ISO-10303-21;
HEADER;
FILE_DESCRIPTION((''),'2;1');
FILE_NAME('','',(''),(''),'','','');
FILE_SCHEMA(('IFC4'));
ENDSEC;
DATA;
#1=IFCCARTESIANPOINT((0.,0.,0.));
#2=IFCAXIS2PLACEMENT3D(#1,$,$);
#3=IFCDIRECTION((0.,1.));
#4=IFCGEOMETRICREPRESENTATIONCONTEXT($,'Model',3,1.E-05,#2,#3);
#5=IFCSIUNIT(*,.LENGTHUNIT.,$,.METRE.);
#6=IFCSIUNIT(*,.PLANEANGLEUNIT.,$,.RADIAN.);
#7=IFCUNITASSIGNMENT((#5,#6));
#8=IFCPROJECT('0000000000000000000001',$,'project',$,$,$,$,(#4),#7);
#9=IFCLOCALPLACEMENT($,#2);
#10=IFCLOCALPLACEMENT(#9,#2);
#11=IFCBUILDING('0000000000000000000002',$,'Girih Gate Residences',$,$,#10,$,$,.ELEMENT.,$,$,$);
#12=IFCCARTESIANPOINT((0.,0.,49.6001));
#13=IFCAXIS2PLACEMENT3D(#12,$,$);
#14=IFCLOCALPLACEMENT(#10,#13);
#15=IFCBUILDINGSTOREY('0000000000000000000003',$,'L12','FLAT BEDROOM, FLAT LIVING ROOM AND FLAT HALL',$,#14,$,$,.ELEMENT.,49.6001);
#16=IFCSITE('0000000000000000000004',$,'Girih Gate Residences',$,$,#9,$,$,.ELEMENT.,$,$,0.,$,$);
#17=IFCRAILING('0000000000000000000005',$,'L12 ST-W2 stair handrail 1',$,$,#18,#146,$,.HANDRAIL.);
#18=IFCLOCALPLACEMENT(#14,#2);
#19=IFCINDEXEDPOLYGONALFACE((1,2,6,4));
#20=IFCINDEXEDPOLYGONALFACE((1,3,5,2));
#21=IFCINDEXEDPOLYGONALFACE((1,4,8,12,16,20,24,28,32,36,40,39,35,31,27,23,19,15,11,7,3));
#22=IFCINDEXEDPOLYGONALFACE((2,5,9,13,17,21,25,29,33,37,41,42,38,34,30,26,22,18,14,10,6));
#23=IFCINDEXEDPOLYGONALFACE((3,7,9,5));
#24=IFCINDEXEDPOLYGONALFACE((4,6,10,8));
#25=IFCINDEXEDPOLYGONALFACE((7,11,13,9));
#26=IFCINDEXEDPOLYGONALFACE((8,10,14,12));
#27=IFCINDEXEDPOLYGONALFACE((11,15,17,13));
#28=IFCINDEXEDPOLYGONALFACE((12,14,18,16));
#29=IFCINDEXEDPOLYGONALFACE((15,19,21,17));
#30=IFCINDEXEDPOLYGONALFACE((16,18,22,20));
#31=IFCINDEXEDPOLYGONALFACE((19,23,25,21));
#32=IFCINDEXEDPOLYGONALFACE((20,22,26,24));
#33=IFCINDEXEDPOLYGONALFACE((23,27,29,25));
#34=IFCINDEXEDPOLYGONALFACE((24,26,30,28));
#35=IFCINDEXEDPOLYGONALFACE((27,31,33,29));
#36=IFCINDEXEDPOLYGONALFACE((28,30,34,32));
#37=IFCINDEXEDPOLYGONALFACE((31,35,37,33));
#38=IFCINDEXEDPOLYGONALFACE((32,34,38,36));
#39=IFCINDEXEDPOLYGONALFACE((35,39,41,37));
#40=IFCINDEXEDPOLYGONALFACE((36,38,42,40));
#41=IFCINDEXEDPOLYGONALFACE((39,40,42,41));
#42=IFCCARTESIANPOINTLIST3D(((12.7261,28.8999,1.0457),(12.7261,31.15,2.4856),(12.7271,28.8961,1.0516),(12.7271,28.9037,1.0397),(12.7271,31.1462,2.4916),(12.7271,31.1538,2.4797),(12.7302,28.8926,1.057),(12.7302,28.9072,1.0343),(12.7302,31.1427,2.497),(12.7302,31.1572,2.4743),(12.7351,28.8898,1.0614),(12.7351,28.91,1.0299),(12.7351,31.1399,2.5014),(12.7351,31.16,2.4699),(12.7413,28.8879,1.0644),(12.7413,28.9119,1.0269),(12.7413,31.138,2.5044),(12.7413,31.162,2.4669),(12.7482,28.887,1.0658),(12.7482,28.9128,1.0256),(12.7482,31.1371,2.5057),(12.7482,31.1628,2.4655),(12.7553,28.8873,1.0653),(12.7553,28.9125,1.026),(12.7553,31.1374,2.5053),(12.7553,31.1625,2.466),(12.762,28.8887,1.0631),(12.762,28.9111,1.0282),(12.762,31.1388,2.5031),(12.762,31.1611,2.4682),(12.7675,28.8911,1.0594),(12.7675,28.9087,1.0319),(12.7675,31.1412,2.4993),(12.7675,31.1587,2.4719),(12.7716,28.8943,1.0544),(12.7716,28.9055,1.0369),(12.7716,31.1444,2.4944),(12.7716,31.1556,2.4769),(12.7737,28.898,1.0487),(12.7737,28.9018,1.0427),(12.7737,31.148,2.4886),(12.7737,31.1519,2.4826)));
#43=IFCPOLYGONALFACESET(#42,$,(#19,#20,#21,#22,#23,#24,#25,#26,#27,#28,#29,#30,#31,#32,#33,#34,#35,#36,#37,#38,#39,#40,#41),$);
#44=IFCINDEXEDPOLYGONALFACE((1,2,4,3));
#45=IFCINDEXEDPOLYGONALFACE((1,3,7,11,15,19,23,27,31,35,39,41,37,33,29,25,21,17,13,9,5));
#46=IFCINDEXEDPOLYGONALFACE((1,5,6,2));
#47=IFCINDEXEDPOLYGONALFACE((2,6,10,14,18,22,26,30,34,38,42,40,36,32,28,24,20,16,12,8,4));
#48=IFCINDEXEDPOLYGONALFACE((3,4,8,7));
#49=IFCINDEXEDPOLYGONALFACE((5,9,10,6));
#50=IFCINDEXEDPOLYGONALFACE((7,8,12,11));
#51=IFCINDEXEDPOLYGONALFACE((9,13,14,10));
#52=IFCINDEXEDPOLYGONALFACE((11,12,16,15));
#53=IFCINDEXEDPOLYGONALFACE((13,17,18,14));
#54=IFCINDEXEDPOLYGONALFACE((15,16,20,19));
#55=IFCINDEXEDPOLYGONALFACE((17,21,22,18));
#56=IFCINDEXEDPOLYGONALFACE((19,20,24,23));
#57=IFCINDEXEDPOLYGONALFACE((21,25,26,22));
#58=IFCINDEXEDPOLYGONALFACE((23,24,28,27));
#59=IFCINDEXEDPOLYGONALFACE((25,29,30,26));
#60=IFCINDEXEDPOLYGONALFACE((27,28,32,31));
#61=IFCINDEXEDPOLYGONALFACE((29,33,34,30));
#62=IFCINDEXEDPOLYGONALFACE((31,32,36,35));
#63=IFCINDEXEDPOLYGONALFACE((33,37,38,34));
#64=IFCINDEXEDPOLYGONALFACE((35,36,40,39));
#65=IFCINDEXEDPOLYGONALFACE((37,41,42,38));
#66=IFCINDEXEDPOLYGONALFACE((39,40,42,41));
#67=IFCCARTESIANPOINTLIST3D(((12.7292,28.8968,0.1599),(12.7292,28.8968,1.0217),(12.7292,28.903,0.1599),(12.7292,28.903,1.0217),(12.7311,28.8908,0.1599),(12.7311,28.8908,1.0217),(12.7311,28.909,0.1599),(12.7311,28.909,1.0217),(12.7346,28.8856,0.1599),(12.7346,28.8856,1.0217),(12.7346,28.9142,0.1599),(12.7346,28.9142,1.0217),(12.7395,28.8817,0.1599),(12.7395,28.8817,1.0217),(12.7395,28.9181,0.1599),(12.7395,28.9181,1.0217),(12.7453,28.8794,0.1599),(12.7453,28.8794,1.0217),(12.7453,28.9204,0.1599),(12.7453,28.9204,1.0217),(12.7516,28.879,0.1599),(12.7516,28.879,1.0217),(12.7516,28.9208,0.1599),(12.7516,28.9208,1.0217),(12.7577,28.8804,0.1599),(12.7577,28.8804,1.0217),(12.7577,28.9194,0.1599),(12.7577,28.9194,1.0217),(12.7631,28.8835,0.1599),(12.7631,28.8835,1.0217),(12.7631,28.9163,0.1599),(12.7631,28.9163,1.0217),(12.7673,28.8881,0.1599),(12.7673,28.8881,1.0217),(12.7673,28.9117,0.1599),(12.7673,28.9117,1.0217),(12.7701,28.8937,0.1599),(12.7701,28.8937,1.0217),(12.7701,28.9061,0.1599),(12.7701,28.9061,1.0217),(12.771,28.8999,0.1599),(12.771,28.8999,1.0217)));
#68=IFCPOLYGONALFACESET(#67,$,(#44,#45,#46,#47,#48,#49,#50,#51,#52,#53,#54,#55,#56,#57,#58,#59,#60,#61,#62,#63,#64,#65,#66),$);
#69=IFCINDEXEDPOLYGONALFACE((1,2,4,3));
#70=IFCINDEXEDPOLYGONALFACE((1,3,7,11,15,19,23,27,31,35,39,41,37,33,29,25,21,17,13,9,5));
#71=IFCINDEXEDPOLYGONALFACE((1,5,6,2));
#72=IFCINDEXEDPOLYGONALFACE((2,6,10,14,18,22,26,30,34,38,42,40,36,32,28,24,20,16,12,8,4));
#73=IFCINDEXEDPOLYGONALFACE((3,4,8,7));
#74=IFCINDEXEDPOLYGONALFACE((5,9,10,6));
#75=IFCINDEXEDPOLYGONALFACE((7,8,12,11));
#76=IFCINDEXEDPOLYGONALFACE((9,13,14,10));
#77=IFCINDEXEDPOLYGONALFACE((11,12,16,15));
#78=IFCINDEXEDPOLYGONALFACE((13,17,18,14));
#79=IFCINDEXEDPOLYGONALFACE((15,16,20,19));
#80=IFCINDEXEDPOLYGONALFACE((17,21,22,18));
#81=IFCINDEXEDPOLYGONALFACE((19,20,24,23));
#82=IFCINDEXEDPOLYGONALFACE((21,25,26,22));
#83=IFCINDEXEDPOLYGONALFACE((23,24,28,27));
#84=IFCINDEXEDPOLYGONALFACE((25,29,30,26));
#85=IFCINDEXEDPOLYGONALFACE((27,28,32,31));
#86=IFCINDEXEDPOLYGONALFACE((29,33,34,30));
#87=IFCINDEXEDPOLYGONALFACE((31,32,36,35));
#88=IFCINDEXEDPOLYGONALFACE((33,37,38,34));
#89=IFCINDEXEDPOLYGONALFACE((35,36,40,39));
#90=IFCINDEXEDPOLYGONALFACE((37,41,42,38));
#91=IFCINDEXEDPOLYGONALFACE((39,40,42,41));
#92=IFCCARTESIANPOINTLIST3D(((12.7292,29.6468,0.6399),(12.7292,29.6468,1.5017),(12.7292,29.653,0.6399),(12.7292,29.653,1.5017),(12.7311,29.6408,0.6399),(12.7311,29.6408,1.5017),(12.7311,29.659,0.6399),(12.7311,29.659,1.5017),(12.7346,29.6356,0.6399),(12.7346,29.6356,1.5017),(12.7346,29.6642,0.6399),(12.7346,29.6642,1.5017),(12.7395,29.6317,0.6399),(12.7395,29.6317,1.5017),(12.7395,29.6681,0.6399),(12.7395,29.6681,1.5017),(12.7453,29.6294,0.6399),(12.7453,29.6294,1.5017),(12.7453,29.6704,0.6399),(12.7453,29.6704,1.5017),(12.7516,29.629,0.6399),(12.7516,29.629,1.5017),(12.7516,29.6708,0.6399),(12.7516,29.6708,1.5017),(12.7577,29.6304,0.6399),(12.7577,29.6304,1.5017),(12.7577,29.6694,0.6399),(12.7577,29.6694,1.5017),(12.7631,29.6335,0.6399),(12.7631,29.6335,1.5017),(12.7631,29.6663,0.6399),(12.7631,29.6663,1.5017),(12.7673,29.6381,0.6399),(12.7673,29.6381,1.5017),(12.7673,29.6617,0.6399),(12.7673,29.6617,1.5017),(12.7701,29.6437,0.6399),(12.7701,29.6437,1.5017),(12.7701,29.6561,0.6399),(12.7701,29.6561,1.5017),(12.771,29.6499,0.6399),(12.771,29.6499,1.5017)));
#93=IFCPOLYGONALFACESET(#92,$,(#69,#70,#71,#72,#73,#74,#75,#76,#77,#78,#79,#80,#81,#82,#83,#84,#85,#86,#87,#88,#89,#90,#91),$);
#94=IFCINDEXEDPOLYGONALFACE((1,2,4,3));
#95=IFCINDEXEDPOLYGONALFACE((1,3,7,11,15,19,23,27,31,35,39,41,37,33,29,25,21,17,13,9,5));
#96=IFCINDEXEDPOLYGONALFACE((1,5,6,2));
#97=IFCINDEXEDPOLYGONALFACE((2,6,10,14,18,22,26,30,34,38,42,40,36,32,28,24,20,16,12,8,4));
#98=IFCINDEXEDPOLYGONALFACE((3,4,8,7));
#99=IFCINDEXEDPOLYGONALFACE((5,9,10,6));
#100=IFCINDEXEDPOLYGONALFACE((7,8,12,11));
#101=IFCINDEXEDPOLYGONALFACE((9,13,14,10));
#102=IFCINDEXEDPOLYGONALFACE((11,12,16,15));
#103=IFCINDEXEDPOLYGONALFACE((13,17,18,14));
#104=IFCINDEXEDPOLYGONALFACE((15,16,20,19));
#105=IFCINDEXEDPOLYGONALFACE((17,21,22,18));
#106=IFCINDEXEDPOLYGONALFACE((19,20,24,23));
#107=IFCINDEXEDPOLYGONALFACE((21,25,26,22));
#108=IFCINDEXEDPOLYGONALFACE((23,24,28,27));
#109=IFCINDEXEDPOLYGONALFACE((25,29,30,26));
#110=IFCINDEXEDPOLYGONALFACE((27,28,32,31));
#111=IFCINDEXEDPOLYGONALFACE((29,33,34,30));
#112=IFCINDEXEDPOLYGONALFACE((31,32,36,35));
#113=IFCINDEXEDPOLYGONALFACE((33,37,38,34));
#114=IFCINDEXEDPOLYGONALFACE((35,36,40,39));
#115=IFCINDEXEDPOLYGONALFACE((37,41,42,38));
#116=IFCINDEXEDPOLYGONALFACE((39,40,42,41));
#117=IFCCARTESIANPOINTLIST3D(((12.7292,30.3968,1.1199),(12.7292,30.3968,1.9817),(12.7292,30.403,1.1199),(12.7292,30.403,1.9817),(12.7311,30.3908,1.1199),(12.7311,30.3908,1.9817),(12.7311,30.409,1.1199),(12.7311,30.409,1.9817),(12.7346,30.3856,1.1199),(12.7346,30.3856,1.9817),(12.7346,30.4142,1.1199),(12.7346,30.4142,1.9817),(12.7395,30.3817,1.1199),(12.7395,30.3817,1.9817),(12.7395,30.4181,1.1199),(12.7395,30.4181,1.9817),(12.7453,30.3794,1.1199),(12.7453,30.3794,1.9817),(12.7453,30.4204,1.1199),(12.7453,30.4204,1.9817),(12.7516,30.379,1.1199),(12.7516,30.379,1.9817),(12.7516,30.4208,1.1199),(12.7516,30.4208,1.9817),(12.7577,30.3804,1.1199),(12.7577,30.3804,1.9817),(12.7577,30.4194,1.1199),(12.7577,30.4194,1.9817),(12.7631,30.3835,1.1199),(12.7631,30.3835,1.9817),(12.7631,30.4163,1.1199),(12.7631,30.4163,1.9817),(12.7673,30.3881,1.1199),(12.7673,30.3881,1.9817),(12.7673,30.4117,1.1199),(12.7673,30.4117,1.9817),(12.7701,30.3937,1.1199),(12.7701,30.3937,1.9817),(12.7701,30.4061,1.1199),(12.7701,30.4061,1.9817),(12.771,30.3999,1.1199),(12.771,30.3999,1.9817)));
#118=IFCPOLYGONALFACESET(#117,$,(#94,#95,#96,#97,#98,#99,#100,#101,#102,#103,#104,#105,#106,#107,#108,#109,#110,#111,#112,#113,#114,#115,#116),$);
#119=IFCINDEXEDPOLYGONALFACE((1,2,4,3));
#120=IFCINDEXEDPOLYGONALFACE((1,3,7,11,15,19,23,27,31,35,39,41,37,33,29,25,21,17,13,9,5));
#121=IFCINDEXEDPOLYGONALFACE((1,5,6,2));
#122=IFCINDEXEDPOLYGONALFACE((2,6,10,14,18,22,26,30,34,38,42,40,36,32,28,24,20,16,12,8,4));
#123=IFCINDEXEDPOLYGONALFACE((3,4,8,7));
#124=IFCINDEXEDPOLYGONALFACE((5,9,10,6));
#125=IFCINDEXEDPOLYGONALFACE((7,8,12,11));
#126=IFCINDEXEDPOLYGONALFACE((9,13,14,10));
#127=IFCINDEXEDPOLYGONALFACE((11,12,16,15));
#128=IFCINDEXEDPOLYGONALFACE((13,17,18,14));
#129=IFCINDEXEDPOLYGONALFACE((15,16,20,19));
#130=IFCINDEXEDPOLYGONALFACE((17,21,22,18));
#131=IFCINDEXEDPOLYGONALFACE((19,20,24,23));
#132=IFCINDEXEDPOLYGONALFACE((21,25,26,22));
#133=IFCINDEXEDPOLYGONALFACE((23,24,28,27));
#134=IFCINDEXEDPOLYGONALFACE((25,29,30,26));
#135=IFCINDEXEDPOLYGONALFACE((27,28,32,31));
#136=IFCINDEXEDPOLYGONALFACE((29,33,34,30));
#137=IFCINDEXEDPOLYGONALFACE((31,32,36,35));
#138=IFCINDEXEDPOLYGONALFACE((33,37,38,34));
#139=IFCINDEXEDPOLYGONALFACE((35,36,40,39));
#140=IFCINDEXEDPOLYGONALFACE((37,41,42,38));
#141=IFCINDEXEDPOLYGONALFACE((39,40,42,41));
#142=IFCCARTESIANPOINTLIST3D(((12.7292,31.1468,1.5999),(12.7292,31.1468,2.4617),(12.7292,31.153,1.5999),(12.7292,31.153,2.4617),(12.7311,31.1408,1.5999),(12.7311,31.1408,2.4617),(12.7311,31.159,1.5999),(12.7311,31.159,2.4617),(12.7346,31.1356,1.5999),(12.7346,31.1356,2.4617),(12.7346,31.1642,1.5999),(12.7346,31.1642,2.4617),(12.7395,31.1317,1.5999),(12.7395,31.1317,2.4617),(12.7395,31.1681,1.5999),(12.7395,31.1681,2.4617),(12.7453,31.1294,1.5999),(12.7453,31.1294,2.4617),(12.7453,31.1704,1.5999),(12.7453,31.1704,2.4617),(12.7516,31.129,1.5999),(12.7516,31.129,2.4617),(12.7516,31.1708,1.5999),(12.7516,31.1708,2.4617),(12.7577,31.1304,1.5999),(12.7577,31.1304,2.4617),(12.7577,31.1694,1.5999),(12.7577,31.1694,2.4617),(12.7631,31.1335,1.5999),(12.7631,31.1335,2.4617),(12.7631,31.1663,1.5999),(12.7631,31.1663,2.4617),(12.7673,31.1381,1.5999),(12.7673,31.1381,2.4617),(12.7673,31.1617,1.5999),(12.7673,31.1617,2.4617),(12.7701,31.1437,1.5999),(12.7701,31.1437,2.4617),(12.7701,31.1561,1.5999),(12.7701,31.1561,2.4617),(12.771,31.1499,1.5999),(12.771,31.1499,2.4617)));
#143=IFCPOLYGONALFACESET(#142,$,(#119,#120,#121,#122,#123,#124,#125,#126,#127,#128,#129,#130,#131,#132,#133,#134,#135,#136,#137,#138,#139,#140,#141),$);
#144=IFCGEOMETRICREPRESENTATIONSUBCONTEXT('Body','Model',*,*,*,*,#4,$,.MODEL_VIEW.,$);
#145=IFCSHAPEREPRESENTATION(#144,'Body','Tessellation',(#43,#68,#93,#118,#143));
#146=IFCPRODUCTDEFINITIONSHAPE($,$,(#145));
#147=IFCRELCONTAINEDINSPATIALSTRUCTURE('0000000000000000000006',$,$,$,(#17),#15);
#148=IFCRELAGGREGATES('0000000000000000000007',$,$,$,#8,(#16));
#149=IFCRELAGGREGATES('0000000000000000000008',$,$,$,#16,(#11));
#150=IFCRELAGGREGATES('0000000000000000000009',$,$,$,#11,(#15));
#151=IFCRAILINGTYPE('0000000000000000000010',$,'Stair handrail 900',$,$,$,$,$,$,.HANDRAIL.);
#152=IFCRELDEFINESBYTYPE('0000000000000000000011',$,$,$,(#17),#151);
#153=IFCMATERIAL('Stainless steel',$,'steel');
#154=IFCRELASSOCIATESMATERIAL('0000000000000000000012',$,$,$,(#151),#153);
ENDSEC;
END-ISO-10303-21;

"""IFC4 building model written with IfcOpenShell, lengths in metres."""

from ifc_helpers import new_model, si_unit, direction, frame, origin, origin_2d, place, context, subcontext, project, spatial, circle, extrude, material, type_object, element, save


model = new_model("IFC4")

# Units and contexts
model_context = context("Model", 3, precision=1e-05, world=origin(), true_north=direction((0.0, 1.0)))
body_context = subcontext(model_context, "Body", "Model", "MODEL_VIEW")
ifc_project = project(units=[si_unit("LENGTHUNIT", "METRE"), si_unit("PLANEANGLEUNIT", "RADIAN")], contexts=[model_context])

# Site, building, storey
site_placement = place(None, origin())
site = spatial("IfcSite", under=ifc_project, at=site_placement, Name="Girih Gate Residences", CompositionType="ELEMENT", RefElevation=0.0)
building_placement = place(site_placement, origin())
building = spatial("IfcBuilding", under=site, at=building_placement, Name="Girih Gate Residences", CompositionType="ELEMENT")
storey_placement = place(building_placement, frame((0.0, 0.0, 49.6001)))
storey = spatial("IfcBuildingStorey", under=building, at=storey_placement, Name="L12", Description="FLAT BEDROOM, FLAT LIVING ROOM AND FLAT HALL", CompositionType="ELEMENT", Elevation=49.6001)

# Railing
ifc_material_1 = material(Name="Stainless steel", Category="steel")
railing_type_1 = type_object("IfcRailingType", Name="Stair handrail 900", PredefinedType="HANDRAIL", material=ifc_material_1)
railing_1_placement = place(storey_placement, frame((12.75, 28.8999, 0.1599)))
element("IfcRailing", 1, at=railing_1_placement, inside=storey, type_object=railing_type_1, Name="L12 ST-W2 stair handrail 1", PredefinedType="HANDRAIL", context=body_context, shape_type="SweptSolid", body=[
    extrude(circle(Radius=0.0239, at=origin_2d()), frame((0.0, 0.0, 0.8857), z_axis=(0.0, 0.842281, 0.539038), x_axis=(-1.0, 0.0, 0.0)), (0.0, 0.0, 1.0), 2.6714),
    extrude(circle(Radius=0.021, at=origin_2d()), origin(), (0.0, 0.0, 1.0), 0.8618),
    extrude(circle(Radius=0.021, at=origin_2d()), frame((0.0, 0.75, 0.48)), (0.0, 0.0, 1.0), 0.8618),
    extrude(circle(Radius=0.021, at=origin_2d()), frame((0.0, 1.5, 0.96)), (0.0, 0.0, 1.0), 0.8618),
    extrude(circle(Radius=0.021, at=origin_2d()), frame((0.0, 2.25, 1.4399)), (0.0, 0.0, 1.0), 0.8618),
])

save(model, "model.ifc")
